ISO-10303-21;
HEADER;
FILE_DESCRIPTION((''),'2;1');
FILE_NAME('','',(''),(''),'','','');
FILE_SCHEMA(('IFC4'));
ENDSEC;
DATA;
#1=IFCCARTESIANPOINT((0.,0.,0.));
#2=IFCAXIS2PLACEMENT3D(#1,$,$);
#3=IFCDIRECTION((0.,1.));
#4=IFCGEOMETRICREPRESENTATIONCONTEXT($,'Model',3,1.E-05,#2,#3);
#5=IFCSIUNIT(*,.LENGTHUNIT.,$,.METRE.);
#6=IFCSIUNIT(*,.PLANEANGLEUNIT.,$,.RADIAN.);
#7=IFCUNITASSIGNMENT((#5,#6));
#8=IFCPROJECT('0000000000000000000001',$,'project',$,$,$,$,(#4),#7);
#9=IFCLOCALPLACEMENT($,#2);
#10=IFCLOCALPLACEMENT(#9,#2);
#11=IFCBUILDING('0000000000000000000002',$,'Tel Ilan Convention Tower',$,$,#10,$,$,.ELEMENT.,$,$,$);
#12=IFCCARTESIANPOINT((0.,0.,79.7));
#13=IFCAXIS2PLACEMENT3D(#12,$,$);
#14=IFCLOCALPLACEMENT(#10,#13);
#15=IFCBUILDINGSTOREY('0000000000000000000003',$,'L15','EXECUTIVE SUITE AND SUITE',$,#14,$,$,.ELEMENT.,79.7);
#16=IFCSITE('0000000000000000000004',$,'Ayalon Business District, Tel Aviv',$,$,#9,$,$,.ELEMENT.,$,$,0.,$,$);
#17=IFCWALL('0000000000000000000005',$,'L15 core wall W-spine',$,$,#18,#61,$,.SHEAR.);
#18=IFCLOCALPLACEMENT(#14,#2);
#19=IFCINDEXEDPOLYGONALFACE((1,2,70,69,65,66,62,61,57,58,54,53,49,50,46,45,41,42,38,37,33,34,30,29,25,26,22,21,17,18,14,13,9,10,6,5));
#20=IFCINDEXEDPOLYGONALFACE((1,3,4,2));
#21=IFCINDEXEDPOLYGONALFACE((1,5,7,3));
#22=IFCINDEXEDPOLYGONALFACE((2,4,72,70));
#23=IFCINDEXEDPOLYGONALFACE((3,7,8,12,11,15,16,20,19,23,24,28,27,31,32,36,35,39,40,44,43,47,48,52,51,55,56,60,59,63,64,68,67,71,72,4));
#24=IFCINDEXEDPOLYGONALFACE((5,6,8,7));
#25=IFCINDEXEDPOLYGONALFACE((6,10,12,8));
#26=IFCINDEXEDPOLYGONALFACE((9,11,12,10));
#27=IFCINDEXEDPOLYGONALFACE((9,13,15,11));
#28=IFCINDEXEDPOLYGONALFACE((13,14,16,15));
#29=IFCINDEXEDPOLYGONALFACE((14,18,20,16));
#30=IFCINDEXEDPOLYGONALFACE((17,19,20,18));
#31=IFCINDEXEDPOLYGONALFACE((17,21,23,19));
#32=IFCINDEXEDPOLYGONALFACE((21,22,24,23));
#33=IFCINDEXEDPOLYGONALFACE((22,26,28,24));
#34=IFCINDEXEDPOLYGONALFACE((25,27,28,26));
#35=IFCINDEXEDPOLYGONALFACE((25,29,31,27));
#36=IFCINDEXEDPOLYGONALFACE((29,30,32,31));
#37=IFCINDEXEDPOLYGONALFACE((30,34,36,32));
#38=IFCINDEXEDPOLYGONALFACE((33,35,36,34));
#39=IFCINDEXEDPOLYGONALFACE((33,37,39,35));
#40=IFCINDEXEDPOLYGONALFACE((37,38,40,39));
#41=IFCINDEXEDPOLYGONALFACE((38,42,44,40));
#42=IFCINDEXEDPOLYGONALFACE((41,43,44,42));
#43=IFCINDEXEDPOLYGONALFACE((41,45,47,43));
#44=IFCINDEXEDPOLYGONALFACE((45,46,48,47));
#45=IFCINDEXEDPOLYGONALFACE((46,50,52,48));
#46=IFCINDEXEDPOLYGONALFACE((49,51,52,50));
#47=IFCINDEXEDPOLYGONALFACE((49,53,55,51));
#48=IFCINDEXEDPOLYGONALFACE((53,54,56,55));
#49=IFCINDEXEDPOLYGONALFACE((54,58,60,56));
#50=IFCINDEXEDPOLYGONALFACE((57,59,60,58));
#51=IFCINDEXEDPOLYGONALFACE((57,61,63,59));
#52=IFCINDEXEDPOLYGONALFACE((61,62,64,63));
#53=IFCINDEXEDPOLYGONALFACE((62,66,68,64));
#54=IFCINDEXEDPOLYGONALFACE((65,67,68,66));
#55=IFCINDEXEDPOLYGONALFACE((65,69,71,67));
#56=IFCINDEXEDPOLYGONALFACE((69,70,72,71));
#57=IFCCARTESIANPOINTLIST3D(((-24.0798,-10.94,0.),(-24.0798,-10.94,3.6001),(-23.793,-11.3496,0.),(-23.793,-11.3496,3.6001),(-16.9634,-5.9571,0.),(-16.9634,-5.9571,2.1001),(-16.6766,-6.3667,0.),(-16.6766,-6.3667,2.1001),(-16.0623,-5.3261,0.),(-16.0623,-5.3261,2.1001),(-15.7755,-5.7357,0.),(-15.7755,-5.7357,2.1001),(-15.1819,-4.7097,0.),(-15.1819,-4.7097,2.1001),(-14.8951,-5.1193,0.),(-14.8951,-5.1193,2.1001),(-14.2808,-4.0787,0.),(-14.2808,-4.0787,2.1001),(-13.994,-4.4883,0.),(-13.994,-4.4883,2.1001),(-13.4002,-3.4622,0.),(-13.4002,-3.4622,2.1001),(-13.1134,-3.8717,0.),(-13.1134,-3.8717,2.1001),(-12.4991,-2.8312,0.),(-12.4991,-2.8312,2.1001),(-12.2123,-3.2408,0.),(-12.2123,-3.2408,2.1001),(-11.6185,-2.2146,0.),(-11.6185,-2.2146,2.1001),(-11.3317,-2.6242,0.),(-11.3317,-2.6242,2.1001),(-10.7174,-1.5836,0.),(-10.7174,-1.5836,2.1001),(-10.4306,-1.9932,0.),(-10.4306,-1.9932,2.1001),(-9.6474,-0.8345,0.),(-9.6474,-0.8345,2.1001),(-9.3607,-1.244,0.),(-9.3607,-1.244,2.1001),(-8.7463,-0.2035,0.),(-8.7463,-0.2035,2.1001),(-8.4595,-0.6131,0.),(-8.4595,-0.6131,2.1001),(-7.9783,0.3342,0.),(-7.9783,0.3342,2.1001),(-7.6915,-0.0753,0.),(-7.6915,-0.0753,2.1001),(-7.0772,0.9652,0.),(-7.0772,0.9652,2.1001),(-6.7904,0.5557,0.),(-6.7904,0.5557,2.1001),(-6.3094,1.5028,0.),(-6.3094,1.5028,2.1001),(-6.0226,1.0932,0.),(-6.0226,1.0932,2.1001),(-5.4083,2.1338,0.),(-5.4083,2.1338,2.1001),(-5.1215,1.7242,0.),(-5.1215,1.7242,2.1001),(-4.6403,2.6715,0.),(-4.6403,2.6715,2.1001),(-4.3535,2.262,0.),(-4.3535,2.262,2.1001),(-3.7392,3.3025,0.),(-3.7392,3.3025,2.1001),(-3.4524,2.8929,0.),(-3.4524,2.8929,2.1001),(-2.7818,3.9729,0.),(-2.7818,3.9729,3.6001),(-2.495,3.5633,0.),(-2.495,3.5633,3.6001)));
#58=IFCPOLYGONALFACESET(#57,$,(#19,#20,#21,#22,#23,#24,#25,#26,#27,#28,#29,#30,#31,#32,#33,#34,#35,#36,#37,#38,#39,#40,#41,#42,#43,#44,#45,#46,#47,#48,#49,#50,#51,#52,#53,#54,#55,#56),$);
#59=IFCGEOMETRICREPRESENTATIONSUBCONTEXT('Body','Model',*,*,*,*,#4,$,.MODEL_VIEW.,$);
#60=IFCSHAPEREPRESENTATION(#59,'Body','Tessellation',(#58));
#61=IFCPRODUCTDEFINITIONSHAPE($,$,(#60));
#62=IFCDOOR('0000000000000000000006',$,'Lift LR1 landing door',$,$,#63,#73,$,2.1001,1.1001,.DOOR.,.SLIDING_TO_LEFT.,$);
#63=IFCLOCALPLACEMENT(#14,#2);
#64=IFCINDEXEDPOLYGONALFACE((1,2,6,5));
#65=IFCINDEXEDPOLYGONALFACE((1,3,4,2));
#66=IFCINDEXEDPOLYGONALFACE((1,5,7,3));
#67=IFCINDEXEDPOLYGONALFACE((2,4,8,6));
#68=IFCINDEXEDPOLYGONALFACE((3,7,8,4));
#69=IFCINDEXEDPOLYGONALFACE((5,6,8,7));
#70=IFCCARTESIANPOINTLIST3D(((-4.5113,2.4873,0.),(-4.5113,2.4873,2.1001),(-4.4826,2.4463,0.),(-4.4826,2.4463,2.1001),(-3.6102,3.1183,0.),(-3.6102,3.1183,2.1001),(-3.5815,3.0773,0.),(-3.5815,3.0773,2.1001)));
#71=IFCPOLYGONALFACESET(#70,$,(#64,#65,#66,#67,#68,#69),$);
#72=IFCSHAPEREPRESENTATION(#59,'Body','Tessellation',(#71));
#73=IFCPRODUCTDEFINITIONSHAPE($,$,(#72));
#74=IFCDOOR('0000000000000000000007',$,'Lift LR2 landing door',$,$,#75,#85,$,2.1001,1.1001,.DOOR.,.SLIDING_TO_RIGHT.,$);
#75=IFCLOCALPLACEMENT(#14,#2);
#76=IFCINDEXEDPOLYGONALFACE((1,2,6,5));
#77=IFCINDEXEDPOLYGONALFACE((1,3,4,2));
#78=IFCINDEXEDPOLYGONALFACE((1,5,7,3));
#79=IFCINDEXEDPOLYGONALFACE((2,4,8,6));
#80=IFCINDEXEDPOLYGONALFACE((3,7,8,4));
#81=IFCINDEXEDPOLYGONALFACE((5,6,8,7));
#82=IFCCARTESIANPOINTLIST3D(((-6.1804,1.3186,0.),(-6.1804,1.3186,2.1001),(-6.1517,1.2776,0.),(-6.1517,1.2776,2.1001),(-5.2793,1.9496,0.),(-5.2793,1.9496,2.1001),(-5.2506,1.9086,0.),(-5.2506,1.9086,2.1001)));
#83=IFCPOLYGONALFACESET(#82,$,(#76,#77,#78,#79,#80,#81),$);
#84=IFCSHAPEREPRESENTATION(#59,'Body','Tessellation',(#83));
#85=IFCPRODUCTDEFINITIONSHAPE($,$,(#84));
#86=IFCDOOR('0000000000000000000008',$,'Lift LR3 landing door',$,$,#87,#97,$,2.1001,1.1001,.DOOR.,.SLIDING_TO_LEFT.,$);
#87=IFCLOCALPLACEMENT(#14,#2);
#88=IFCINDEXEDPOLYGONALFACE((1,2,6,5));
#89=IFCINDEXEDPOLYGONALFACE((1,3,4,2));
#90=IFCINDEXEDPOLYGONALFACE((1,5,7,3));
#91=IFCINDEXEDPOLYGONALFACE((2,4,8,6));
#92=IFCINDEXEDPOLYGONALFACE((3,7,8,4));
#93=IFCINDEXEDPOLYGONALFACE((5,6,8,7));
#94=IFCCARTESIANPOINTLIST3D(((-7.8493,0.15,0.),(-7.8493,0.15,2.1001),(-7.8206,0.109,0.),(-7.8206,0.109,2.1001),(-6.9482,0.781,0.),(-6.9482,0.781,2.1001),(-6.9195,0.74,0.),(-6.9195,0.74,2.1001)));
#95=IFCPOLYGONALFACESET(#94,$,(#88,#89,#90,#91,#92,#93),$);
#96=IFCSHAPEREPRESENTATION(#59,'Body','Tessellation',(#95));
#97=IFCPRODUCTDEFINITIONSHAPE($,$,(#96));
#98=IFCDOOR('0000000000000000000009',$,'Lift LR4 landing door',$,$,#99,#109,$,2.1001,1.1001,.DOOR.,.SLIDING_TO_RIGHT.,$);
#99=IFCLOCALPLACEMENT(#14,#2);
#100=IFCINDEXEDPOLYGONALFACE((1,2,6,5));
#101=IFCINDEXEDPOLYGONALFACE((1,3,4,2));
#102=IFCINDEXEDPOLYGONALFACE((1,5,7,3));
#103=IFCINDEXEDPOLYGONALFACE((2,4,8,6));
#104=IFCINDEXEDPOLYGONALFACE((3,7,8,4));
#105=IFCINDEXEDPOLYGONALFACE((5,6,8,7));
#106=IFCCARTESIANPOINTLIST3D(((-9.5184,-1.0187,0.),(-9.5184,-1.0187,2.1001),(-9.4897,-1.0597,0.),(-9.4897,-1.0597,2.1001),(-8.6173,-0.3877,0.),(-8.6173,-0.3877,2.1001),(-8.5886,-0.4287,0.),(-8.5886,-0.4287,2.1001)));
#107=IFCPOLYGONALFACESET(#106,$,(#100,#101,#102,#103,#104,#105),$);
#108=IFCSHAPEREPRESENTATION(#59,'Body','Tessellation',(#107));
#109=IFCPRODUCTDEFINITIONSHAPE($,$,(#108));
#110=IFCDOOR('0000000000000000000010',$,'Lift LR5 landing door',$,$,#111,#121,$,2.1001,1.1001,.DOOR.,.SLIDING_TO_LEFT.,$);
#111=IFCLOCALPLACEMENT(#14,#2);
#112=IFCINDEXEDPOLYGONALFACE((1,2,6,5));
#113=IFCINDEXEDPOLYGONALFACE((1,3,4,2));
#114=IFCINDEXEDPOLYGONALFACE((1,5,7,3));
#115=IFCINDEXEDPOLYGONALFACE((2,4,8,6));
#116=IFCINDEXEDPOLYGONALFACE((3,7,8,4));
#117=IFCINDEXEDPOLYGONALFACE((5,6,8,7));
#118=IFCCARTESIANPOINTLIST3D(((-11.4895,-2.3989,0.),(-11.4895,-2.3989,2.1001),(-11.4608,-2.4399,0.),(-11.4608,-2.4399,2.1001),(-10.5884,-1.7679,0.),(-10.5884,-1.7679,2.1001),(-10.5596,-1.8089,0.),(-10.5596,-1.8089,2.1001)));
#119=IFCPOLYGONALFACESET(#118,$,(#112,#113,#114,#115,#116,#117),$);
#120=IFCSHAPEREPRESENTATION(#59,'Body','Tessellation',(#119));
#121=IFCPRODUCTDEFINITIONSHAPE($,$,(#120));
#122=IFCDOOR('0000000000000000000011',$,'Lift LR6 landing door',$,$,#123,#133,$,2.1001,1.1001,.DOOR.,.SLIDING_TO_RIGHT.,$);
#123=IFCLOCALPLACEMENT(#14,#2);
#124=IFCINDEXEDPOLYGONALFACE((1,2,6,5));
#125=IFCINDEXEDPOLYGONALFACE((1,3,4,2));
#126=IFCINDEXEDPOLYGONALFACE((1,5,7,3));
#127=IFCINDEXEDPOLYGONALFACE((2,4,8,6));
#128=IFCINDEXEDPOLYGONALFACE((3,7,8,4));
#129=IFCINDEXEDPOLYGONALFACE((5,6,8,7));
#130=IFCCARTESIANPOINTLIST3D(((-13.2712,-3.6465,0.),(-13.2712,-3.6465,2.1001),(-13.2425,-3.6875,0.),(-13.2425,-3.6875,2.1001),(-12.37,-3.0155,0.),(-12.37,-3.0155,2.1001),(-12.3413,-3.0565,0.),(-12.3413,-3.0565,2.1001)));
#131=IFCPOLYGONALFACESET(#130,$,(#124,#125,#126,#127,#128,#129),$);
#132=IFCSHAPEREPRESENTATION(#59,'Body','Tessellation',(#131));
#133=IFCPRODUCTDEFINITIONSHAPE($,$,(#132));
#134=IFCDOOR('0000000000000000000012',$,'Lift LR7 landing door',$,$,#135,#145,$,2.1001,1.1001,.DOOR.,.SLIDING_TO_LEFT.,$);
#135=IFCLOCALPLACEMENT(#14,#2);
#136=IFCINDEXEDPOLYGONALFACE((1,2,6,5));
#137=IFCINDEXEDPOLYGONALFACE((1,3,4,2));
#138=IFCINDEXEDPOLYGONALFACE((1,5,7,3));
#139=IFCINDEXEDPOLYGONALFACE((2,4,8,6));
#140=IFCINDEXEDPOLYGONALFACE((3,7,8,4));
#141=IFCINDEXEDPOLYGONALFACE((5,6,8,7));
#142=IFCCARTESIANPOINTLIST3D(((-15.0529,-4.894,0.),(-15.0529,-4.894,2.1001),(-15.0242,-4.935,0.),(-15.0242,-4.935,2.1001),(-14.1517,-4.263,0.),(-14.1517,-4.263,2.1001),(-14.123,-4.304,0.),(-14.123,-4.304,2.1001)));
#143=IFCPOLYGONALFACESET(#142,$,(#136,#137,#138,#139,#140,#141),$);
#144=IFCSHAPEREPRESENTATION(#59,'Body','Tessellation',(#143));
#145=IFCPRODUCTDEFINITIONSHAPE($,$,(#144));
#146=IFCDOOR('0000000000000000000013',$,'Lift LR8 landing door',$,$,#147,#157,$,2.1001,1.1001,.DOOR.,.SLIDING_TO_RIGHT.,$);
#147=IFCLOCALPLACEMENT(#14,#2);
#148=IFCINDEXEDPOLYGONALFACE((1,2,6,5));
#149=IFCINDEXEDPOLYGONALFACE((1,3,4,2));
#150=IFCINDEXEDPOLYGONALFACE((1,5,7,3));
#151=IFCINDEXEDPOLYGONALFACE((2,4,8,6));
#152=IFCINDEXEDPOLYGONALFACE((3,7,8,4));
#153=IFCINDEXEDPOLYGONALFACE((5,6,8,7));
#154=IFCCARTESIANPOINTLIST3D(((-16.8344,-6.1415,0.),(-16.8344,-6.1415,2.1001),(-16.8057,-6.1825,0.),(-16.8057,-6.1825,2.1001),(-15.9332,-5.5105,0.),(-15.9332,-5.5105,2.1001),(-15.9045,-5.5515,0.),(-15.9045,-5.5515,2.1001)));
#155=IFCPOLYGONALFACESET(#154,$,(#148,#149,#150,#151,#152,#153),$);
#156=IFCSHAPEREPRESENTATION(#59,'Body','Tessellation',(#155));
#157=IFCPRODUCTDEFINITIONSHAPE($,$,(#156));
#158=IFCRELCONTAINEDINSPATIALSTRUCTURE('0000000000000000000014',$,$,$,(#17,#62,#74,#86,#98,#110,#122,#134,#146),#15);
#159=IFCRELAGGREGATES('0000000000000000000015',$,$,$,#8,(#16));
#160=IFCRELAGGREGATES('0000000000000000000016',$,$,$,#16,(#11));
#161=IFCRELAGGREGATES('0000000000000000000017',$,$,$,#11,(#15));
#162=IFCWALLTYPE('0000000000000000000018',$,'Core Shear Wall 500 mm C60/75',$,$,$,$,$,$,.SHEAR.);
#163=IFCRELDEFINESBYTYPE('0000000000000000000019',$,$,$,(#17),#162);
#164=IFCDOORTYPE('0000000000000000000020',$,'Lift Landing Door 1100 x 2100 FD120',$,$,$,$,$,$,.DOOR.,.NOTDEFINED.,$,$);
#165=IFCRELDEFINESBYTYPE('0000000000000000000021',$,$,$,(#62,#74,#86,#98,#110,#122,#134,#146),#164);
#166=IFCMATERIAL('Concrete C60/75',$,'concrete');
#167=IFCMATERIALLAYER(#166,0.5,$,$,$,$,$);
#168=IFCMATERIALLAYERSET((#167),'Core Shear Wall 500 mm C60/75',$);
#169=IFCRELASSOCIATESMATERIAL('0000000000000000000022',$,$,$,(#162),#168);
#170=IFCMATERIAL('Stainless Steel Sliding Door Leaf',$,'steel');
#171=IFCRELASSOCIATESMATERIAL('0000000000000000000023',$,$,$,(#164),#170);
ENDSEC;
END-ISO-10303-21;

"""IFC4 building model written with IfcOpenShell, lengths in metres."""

from ifc_helpers import new_model, si_unit, direction, frame, frame_2d, origin, place, context, subcontext, project, spatial, polyline, rectangle, outline, extrude, material, layer, layer_set, type_object, element, fill, save


model = new_model("IFC4")

# Units and contexts
model_context = context("Model", 3, precision=1e-05, world=origin(), true_north=direction((0.0, 1.0)))
body_context = subcontext(model_context, "Body", "Model", "MODEL_VIEW")
ifc_project = project(units=[si_unit("LENGTHUNIT", "METRE"), si_unit("PLANEANGLEUNIT", "RADIAN")], contexts=[model_context])

# Site, building, storey
site_placement = place(None, origin())
site = spatial("IfcSite", under=ifc_project, at=site_placement, Name="Ayalon Business District, Tel Aviv", CompositionType="ELEMENT", RefElevation=0.0)
building_placement = place(site_placement, origin())
building = spatial("IfcBuilding", under=site, at=building_placement, Name="Tel Ilan Convention Tower", CompositionType="ELEMENT")
storey_placement = place(building_placement, frame((0.0, 0.0, 79.7)))
storey = spatial("IfcBuildingStorey", under=building, at=storey_placement, Name="L15", Description="EXECUTIVE SUITE AND SUITE", CompositionType="ELEMENT", Elevation=79.7)

# Wall, openings, doors
ifc_material_1 = material(Name="Concrete C60/75", Category="concrete")
ifc_layer_1 = layer(ifc_material_1, 0.5)
ifc_layer_set_1 = layer_set([ifc_layer_1], Name="Core Shear Wall 500 mm C60/75")
wall_type_1 = type_object("IfcWallType", Name="Core Shear Wall 500 mm C60/75", PredefinedType="SHEAR", material=ifc_layer_set_1)
wall_1_placement = place(storey_placement, frame((-2.6384, 3.7681, 0.0), z_axis=(0.0, 0.0, 1.0), x_axis=(-0.819149, -0.573581, 0.0)))
wall_1 = element("IfcWall", 1, at=wall_1_placement, inside=storey, type_object=wall_type_1, Name="L15 core wall W-spine", PredefinedType="SHEAR", context=body_context, shape_type="SweptSolid", body=[
    extrude(outline(polyline([(26.0, 0.2498), (0.0, 0.25), (0.0, -0.25), (26.0, -0.2502), (26.0, 0.2498)])), origin(), (0.0, 0.0, 1.0), 3.6001),
])
opening_1_placement = place(wall_1_placement, frame((1.1687, 0.0, 0.0)))
opening_1 = element("IfcOpeningElement", 2, at=opening_1_placement, cuts=wall_1, PredefinedType="OPENING", context=body_context, shape_type="SweptSolid", body=[
    extrude(rectangle(XDim=1.1001, YDim=2.1001, at=frame_2d((0.55, 1.05))), frame((0.0, 0.26, 0.0), z_axis=(0.0, -1.0, 0.0), x_axis=(1.0, 0.0, 0.0)), (0.0, 0.0, 1.0), 0.52),
])
opening_2_placement = place(wall_1_placement, frame((3.2063, 0.0, 0.0)))
opening_2 = element("IfcOpeningElement", 3, at=opening_2_placement, cuts=wall_1, PredefinedType="OPENING", context=body_context, shape_type="SweptSolid", body=[
    extrude(rectangle(XDim=1.1001, YDim=2.1001, at=frame_2d((0.55, 1.05))), frame((0.0, 0.26, 0.0), z_axis=(0.0, -1.0, 0.0), x_axis=(1.0, 0.0, 0.0)), (0.0, 0.0, 1.0), 0.52),
])
opening_3_placement = place(wall_1_placement, frame((5.2437, 0.0, 0.0)))
opening_3 = element("IfcOpeningElement", 4, at=opening_3_placement, cuts=wall_1, PredefinedType="OPENING", context=body_context, shape_type="SweptSolid", body=[
    extrude(rectangle(XDim=1.1001, YDim=2.1001, at=frame_2d((0.55, 1.05))), frame((0.0, 0.26, 0.0), z_axis=(0.0, -1.0, 0.0), x_axis=(1.0, 0.0, 0.0)), (0.0, 0.0, 1.0), 0.52),
])
opening_4_placement = place(wall_1_placement, frame((7.2812, 0.0, 0.0)))
opening_4 = element("IfcOpeningElement", 5, at=opening_4_placement, cuts=wall_1, PredefinedType="OPENING", context=body_context, shape_type="SweptSolid", body=[
    extrude(rectangle(XDim=1.1001, YDim=2.1001, at=frame_2d((0.55, 1.05))), frame((0.0, 0.26, 0.0), z_axis=(0.0, -1.0, 0.0), x_axis=(1.0, 0.0, 0.0)), (0.0, 0.0, 1.0), 0.52),
])
opening_5_placement = place(wall_1_placement, frame((9.6875, 0.0, 0.0)))
opening_5 = element("IfcOpeningElement", 6, at=opening_5_placement, cuts=wall_1, PredefinedType="OPENING", context=body_context, shape_type="SweptSolid", body=[
    extrude(rectangle(XDim=1.1001, YDim=2.1001, at=frame_2d((0.55, 1.05))), frame((0.0, 0.26, 0.0), z_axis=(0.0, -1.0, 0.0), x_axis=(1.0, 0.0, 0.0)), (0.0, 0.0, 1.0), 0.52),
])
opening_6_placement = place(wall_1_placement, frame((11.8625, 0.0, 0.0)))
opening_6 = element("IfcOpeningElement", 7, at=opening_6_placement, cuts=wall_1, PredefinedType="OPENING", context=body_context, shape_type="SweptSolid", body=[
    extrude(rectangle(XDim=1.1001, YDim=2.1001, at=frame_2d((0.55, 1.05))), frame((0.0, 0.26, 0.0), z_axis=(0.0, -1.0, 0.0), x_axis=(1.0, 0.0, 0.0)), (0.0, 0.0, 1.0), 0.52),
])
opening_7_placement = place(wall_1_placement, frame((14.0376, 0.0, 0.0)))
opening_7 = element("IfcOpeningElement", 8, at=opening_7_placement, cuts=wall_1, PredefinedType="OPENING", context=body_context, shape_type="SweptSolid", body=[
    extrude(rectangle(XDim=1.1001, YDim=2.1001, at=frame_2d((0.55, 1.05))), frame((0.0, 0.26, 0.0), z_axis=(0.0, -1.0, 0.0), x_axis=(1.0, 0.0, 0.0)), (0.0, 0.0, 1.0), 0.52),
])
opening_8_placement = place(wall_1_placement, frame((16.2124, 0.0, 0.0)))
opening_8 = element("IfcOpeningElement", 9, at=opening_8_placement, cuts=wall_1, PredefinedType="OPENING", context=body_context, shape_type="SweptSolid", body=[
    extrude(rectangle(XDim=1.1001, YDim=2.1001, at=frame_2d((0.55, 1.05))), frame((0.0, 0.26, 0.0), z_axis=(0.0, -1.0, 0.0), x_axis=(1.0, 0.0, 0.0)), (0.0, 0.0, 1.0), 0.52),
])
ifc_material_2 = material(Name="Stainless Steel Sliding Door Leaf", Category="steel")
door_type_1 = type_object("IfcDoorType", Name="Lift Landing Door 1100 x 2100 FD120", OperationType="NOTDEFINED", PredefinedType="DOOR", material=ifc_material_2)
door_1_placement = place(opening_1_placement, origin())
door_1 = element("IfcDoor", 10, at=door_1_placement, inside=storey, type_object=door_type_1, Name="Lift LR1 landing door", OperationType="SLIDING_TO_LEFT", OverallHeight=2.1001, OverallWidth=1.1001, PredefinedType="DOOR", context=body_context, shape_type="SweptSolid", body=[
    extrude(rectangle(XDim=1.1001, YDim=2.1001, at=frame_2d((0.55, 1.05))), frame((0.0, 0.0249, 0.0), z_axis=(0.0, -1.0, 0.0), x_axis=(1.0, 0.0, 0.0)), (0.0, 0.0, 1.0), 0.05),
])
fill(opening_1, door_1)
door_2_placement = place(opening_2_placement, origin())
door_2 = element("IfcDoor", 11, at=door_2_placement, inside=storey, type_object=door_type_1, Name="Lift LR2 landing door", OperationType="SLIDING_TO_RIGHT", OverallHeight=2.1001, OverallWidth=1.1001, PredefinedType="DOOR", context=body_context, shape_type="SweptSolid", body=[
    extrude(rectangle(XDim=1.1001, YDim=2.1001, at=frame_2d((0.55, 1.05))), frame((0.0, 0.0249, 0.0), z_axis=(0.0, -1.0, 0.0), x_axis=(1.0, 0.0, 0.0)), (0.0, 0.0, 1.0), 0.05),
])
fill(opening_2, door_2)
door_3_placement = place(opening_3_placement, origin())
door_3 = element("IfcDoor", 12, at=door_3_placement, inside=storey, type_object=door_type_1, Name="Lift LR3 landing door", OperationType="SLIDING_TO_LEFT", OverallHeight=2.1001, OverallWidth=1.1001, PredefinedType="DOOR", context=body_context, shape_type="SweptSolid", body=[
    extrude(rectangle(XDim=1.1001, YDim=2.1001, at=frame_2d((0.55, 1.05))), frame((0.0, 0.0249, 0.0), z_axis=(0.0, -1.0, 0.0), x_axis=(1.0, 0.0, 0.0)), (0.0, 0.0, 1.0), 0.05),
])
fill(opening_3, door_3)
door_4_placement = place(opening_4_placement, origin())
door_4 = element("IfcDoor", 13, at=door_4_placement, inside=storey, type_object=door_type_1, Name="Lift LR4 landing door", OperationType="SLIDING_TO_RIGHT", OverallHeight=2.1001, OverallWidth=1.1001, PredefinedType="DOOR", context=body_context, shape_type="SweptSolid", body=[
    extrude(rectangle(XDim=1.1001, YDim=2.1001, at=frame_2d((0.55, 1.05))), frame((0.0, 0.0249, 0.0), z_axis=(0.0, -1.0, 0.0), x_axis=(1.0, 0.0, 0.0)), (0.0, 0.0, 1.0), 0.05),
])
fill(opening_4, door_4)
door_5_placement = place(opening_5_placement, origin())
door_5 = element("IfcDoor", 14, at=door_5_placement, inside=storey, type_object=door_type_1, Name="Lift LR5 landing door", OperationType="SLIDING_TO_LEFT", OverallHeight=2.1001, OverallWidth=1.1001, PredefinedType="DOOR", context=body_context, shape_type="SweptSolid", body=[
    extrude(rectangle(XDim=1.1001, YDim=2.1001, at=frame_2d((0.55, 1.05))), frame((0.0, 0.0249, 0.0), z_axis=(0.0, -1.0, 0.0), x_axis=(1.0, 0.0, 0.0)), (0.0, 0.0, 1.0), 0.05),
])
fill(opening_5, door_5)
door_6_placement = place(opening_6_placement, origin())
door_6 = element("IfcDoor", 15, at=door_6_placement, inside=storey, type_object=door_type_1, Name="Lift LR6 landing door", OperationType="SLIDING_TO_RIGHT", OverallHeight=2.1001, OverallWidth=1.1001, PredefinedType="DOOR", context=body_context, shape_type="SweptSolid", body=[
    extrude(rectangle(XDim=1.1001, YDim=2.1001, at=frame_2d((0.55, 1.05))), frame((0.0, 0.0249, 0.0), z_axis=(0.0, -1.0, 0.0), x_axis=(1.0, 0.0, 0.0)), (0.0, 0.0, 1.0), 0.05),
])
fill(opening_6, door_6)
door_7_placement = place(opening_7_placement, origin())
door_7 = element("IfcDoor", 16, at=door_7_placement, inside=storey, type_object=door_type_1, Name="Lift LR7 landing door", OperationType="SLIDING_TO_LEFT", OverallHeight=2.1001, OverallWidth=1.1001, PredefinedType="DOOR", context=body_context, shape_type="SweptSolid", body=[
    extrude(rectangle(XDim=1.1001, YDim=2.1001, at=frame_2d((0.55, 1.05))), frame((0.0, 0.0249, 0.0), z_axis=(0.0, -1.0, 0.0), x_axis=(1.0, 0.0, 0.0)), (0.0, 0.0, 1.0), 0.05),
])
fill(opening_7, door_7)
door_8_placement = place(opening_8_placement, origin())
door_8 = element("IfcDoor", 17, at=door_8_placement, inside=storey, type_object=door_type_1, Name="Lift LR8 landing door", OperationType="SLIDING_TO_RIGHT", OverallHeight=2.1001, OverallWidth=1.1001, PredefinedType="DOOR", context=body_context, shape_type="SweptSolid", body=[
    extrude(rectangle(XDim=1.1001, YDim=2.1001, at=frame_2d((0.55, 1.05))), frame((0.0, 0.0249, 0.0), z_axis=(0.0, -1.0, 0.0), x_axis=(1.0, 0.0, 0.0)), (0.0, 0.0, 1.0), 0.05),
])
fill(opening_8, door_8)

save(model, "model.ifc")
